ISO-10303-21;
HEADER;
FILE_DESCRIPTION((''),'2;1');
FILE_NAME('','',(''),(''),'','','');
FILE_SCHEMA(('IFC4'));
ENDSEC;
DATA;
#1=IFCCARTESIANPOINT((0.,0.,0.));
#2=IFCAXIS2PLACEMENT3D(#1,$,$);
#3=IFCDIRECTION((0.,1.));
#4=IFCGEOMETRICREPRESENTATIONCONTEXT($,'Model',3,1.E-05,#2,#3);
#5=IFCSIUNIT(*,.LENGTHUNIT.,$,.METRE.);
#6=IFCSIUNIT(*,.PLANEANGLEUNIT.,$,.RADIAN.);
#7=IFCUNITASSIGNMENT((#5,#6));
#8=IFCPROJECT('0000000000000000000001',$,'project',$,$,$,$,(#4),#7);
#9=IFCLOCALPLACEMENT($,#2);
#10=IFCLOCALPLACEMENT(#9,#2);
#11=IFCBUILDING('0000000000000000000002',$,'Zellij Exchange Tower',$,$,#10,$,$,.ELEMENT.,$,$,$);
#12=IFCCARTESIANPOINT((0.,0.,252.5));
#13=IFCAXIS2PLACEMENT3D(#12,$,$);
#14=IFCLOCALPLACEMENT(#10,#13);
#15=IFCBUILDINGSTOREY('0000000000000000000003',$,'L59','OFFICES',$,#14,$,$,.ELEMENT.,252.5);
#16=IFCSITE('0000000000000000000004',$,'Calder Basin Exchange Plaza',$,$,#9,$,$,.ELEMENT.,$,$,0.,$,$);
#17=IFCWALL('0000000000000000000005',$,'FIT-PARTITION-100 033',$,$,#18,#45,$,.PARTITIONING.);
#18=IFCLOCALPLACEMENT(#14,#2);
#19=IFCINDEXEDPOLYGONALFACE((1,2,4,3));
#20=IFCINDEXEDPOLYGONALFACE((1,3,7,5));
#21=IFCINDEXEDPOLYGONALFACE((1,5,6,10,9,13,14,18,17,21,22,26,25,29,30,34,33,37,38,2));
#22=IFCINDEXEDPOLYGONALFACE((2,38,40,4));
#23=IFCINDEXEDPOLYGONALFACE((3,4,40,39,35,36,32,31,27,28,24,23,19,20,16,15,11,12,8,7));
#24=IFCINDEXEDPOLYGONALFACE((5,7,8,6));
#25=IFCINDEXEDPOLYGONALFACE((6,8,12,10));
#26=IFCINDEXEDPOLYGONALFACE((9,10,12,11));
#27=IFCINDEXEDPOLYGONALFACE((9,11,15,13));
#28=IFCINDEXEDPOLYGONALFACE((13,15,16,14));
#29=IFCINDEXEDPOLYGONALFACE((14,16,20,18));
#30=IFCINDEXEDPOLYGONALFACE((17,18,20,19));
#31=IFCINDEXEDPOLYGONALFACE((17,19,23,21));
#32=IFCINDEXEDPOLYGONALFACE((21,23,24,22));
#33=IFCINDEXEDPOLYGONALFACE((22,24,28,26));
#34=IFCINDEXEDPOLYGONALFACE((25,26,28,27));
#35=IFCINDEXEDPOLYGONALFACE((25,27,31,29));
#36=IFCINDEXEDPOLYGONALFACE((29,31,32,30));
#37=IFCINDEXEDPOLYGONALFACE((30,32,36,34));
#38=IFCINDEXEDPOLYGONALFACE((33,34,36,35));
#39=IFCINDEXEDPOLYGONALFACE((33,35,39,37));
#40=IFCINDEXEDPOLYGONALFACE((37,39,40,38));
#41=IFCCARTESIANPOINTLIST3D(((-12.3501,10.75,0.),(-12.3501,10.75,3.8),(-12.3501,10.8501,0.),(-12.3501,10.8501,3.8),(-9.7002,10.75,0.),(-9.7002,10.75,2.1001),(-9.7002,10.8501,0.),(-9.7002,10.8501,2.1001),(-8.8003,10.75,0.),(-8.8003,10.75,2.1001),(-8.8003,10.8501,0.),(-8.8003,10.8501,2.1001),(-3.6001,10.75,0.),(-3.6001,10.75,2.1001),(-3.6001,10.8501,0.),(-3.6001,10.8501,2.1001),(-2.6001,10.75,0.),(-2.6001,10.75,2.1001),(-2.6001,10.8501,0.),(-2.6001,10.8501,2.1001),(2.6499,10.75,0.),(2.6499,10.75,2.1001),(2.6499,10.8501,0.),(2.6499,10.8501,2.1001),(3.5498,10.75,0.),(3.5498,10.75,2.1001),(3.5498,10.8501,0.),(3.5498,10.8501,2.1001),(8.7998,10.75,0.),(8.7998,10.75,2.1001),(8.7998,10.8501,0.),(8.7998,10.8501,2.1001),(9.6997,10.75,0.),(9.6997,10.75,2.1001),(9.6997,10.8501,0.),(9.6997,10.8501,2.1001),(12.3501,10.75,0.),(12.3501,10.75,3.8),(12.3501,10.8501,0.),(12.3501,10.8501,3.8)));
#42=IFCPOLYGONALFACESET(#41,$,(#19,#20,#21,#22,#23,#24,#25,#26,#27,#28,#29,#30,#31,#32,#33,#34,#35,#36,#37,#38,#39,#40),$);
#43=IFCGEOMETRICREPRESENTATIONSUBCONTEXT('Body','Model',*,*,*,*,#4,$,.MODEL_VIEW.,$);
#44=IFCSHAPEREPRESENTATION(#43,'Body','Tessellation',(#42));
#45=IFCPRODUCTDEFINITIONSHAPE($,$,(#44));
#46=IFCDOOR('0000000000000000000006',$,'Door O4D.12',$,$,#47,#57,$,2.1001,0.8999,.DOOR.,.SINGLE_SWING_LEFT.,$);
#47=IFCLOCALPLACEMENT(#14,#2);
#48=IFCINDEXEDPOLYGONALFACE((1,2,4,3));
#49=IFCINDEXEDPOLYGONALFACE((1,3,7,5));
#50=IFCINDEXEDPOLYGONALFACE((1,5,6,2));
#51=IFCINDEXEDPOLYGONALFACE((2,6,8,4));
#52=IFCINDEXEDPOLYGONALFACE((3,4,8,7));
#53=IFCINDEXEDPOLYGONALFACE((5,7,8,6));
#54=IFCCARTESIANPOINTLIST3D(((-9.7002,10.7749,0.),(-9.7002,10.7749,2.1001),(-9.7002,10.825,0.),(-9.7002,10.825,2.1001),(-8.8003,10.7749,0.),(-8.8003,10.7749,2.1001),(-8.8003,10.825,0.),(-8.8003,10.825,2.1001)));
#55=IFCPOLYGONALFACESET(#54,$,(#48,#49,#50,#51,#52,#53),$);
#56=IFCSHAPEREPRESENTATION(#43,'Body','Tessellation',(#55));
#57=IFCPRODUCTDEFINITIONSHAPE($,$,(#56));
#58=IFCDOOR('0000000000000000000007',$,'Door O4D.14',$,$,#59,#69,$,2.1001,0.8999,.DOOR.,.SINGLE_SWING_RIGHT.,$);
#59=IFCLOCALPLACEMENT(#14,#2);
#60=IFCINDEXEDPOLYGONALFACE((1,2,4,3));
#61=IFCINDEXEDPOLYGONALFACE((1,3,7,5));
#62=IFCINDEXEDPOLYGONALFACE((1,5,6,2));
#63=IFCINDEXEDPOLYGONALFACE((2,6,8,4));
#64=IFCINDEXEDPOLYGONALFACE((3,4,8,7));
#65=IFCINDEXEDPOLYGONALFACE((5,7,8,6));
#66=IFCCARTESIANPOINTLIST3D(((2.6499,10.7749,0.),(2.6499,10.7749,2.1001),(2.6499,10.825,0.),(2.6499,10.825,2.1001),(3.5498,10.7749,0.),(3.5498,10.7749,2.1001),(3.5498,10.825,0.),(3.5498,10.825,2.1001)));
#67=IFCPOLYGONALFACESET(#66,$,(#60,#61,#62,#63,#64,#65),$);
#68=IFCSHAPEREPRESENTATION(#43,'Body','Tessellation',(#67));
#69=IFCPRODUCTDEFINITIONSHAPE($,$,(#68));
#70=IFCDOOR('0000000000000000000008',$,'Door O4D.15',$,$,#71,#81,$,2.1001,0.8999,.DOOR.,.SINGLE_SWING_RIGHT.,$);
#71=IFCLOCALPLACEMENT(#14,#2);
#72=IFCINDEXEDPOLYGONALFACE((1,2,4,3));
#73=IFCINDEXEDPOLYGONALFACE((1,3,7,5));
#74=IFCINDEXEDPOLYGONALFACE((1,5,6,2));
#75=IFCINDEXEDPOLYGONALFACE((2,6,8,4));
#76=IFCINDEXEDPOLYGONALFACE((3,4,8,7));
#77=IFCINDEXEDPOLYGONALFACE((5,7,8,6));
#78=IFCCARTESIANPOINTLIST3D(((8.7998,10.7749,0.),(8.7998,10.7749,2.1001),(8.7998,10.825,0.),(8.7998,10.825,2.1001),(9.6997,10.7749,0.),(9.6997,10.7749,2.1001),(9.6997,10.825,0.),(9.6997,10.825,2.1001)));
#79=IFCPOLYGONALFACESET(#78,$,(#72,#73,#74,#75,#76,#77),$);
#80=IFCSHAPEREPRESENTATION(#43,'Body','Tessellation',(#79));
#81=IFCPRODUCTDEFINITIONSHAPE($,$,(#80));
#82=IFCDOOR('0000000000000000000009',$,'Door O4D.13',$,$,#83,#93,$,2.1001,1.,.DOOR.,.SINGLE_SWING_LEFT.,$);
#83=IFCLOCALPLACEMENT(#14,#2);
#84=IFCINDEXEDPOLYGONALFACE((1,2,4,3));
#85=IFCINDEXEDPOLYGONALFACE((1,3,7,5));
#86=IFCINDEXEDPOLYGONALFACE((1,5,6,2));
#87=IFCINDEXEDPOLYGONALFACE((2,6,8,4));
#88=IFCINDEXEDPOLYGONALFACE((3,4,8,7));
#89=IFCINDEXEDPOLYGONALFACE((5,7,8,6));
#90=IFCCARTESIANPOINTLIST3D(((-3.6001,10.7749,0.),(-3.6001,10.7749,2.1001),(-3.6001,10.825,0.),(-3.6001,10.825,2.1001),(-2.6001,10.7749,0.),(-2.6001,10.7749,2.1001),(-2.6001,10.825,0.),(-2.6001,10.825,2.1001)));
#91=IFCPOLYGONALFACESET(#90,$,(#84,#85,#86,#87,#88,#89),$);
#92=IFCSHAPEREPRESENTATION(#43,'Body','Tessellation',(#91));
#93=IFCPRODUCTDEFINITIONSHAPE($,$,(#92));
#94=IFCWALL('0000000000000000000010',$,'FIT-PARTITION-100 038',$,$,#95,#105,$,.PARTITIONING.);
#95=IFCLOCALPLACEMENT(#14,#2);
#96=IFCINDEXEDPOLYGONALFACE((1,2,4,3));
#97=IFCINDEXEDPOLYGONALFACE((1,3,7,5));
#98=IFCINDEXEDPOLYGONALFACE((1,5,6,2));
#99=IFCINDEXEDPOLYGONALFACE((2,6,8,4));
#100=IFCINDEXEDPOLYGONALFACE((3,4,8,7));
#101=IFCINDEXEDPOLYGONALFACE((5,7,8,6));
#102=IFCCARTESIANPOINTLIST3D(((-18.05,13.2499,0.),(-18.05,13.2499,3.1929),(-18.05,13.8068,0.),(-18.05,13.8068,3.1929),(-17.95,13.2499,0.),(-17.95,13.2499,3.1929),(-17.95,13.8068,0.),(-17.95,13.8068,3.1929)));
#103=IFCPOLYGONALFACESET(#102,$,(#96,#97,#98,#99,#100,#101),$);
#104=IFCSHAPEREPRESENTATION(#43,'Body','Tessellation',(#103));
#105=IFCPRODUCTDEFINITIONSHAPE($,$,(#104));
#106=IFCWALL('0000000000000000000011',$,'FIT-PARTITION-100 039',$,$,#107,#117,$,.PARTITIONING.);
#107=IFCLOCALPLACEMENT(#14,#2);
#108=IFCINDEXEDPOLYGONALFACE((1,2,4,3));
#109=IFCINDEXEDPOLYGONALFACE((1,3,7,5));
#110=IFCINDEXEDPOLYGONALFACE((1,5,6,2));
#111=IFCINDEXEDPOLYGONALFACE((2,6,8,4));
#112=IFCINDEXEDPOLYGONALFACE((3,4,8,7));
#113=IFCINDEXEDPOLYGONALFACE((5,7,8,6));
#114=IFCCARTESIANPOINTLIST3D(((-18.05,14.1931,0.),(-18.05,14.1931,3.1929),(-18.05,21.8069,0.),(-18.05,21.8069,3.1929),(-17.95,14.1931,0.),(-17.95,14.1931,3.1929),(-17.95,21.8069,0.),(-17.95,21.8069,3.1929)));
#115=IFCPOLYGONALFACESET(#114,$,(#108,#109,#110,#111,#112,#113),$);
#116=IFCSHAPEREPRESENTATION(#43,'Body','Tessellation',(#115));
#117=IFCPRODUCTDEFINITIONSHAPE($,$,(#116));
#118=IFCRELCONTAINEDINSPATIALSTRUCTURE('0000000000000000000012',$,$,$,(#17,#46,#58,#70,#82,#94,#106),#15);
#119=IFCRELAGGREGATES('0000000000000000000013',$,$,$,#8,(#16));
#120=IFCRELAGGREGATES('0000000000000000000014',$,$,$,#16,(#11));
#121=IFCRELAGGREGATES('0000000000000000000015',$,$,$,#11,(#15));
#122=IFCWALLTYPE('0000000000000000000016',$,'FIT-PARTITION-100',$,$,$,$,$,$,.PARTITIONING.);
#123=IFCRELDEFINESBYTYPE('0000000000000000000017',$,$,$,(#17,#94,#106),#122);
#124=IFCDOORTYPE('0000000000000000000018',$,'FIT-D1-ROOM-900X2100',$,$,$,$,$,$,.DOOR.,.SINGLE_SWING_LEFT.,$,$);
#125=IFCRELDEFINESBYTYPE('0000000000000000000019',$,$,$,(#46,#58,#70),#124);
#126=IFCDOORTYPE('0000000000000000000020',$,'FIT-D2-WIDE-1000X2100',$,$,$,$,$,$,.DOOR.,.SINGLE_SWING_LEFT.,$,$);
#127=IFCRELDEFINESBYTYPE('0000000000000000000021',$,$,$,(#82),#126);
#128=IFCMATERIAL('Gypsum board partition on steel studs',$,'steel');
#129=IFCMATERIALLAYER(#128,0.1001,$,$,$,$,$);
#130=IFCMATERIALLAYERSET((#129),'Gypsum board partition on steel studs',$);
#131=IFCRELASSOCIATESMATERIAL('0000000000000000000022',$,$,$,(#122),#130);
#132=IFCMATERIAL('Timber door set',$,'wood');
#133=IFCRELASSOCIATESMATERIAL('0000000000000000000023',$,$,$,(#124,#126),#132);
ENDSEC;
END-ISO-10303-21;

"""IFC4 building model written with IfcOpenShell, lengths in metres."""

from ifc_helpers import new_model, si_unit, direction, frame, frame_2d, origin, place, context, subcontext, project, spatial, rectangle, extrude, material, layer, layer_set, type_object, element, fill, save


model = new_model("IFC4")

# Units and contexts
model_context = context("Model", 3, precision=1e-05, world=origin(), true_north=direction((0.0, 1.0)))
body_context = subcontext(model_context, "Body", "Model", "MODEL_VIEW")
ifc_project = project(units=[si_unit("LENGTHUNIT", "METRE"), si_unit("PLANEANGLEUNIT", "RADIAN")], contexts=[model_context])

# Site, building, storey
site_placement = place(None, origin())
site = spatial("IfcSite", under=ifc_project, at=site_placement, Name="Calder Basin Exchange Plaza", CompositionType="ELEMENT", RefElevation=0.0)
building_placement = place(site_placement, origin())
building = spatial("IfcBuilding", under=site, at=building_placement, Name="Zellij Exchange Tower", CompositionType="ELEMENT")
storey_placement = place(building_placement, frame((0.0, 0.0, 252.5)))
storey = spatial("IfcBuildingStorey", under=building, at=storey_placement, Name="L59", Description="OFFICES", CompositionType="ELEMENT", Elevation=252.5)

# Shared definitions
ifc_material_1 = material(Name="Gypsum board partition on steel studs", Category="steel")
ifc_layer = layer(ifc_material_1, 0.1001)
ifc_layer_set = layer_set([ifc_layer], Name="Gypsum board partition on steel studs")
wall_type = type_object("IfcWallType", Name="FIT-PARTITION-100", PredefinedType="PARTITIONING", material=ifc_layer_set)

# Wall, openings, doors
wall_1_placement = place(storey_placement, frame((-12.3501, 10.8, 0.0), z_axis=(0.0, 0.0, 1.0), x_axis=(1.0, 0.0, 0.0)))
wall_1 = element("IfcWall", 1, at=wall_1_placement, inside=storey, type_object=wall_type, Name="FIT-PARTITION-100 033", PredefinedType="PARTITIONING", context=body_context, shape_type="SweptSolid", body=[
    extrude(rectangle(XDim=24.7002, YDim=0.1001, at=frame_2d((12.3501, 0.0))), origin(), (0.0, 0.0, 1.0), 3.8),
])
opening_1_placement = place(wall_1_placement, frame((2.6499, 0.0, 0.0)))
opening_1 = element("IfcOpeningElement", 2, at=opening_1_placement, cuts=wall_1, PredefinedType="OPENING", context=body_context, shape_type="SweptSolid", body=[
    extrude(rectangle(XDim=0.8999, YDim=2.1001, at=frame_2d((0.45, 1.05))), frame((0.0, 0.062, 0.0), z_axis=(0.0, -1.0, 0.0), x_axis=(1.0, 0.0, 0.0)), (0.0, 0.0, 1.0), 0.124),
])
opening_2_placement = place(wall_1_placement, frame((8.75, 0.0, 0.0)))
opening_2 = element("IfcOpeningElement", 3, at=opening_2_placement, cuts=wall_1, PredefinedType="OPENING", context=body_context, shape_type="SweptSolid", body=[
    extrude(rectangle(XDim=1.0, YDim=2.1001, at=frame_2d((0.5, 1.05))), frame((0.0, 0.062, 0.0), z_axis=(0.0, -1.0, 0.0), x_axis=(1.0, 0.0, 0.0)), (0.0, 0.0, 1.0), 0.124),
])
opening_3_placement = place(wall_1_placement, frame((15.0, 0.0, 0.0)))
opening_3 = element("IfcOpeningElement", 4, at=opening_3_placement, cuts=wall_1, PredefinedType="OPENING", context=body_context, shape_type="SweptSolid", body=[
    extrude(rectangle(XDim=0.8999, YDim=2.1001, at=frame_2d((0.45, 1.05))), frame((0.0, 0.062, 0.0), z_axis=(0.0, -1.0, 0.0), x_axis=(1.0, 0.0, 0.0)), (0.0, 0.0, 1.0), 0.124),
])
opening_4_placement = place(wall_1_placement, frame((21.1499, 0.0, 0.0)))
opening_4 = element("IfcOpeningElement", 5, at=opening_4_placement, cuts=wall_1, PredefinedType="OPENING", context=body_context, shape_type="SweptSolid", body=[
    extrude(rectangle(XDim=0.8999, YDim=2.1001, at=frame_2d((0.45, 1.05))), frame((0.0, 0.062, 0.0), z_axis=(0.0, -1.0, 0.0), x_axis=(1.0, 0.0, 0.0)), (0.0, 0.0, 1.0), 0.124),
])
ifc_material_2 = material(Name="Timber door set", Category="wood")
door_type_1 = type_object("IfcDoorType", Name="FIT-D1-ROOM-900X2100", OperationType="SINGLE_SWING_LEFT", PredefinedType="DOOR", material=ifc_material_2)
door_1_placement = place(opening_1_placement, origin())
door_1 = element("IfcDoor", 6, at=door_1_placement, inside=storey, type_object=door_type_1, Name="Door O4D.12", OperationType="SINGLE_SWING_LEFT", OverallHeight=2.1001, OverallWidth=0.8999, PredefinedType="DOOR", context=body_context, shape_type="SweptSolid", body=[
    extrude(rectangle(XDim=0.8999, YDim=2.1001, at=frame_2d((0.45, 1.05))), frame((0.0, 0.0249, 0.0), z_axis=(0.0, -1.0, 0.0), x_axis=(1.0, 0.0, 0.0)), (0.0, 0.0, 1.0), 0.05),
])
fill(opening_1, door_1)
door_2_placement = place(opening_3_placement, origin())
door_2 = element("IfcDoor", 7, at=door_2_placement, inside=storey, type_object=door_type_1, Name="Door O4D.14", OperationType="SINGLE_SWING_RIGHT", OverallHeight=2.1001, OverallWidth=0.8999, PredefinedType="DOOR", context=body_context, shape_type="SweptSolid", body=[
    extrude(rectangle(XDim=0.8999, YDim=2.1001, at=frame_2d((0.45, 1.05))), frame((0.0, 0.0249, 0.0), z_axis=(0.0, -1.0, 0.0), x_axis=(1.0, 0.0, 0.0)), (0.0, 0.0, 1.0), 0.05),
])
fill(opening_3, door_2)
door_3_placement = place(opening_4_placement, origin())
door_3 = element("IfcDoor", 8, at=door_3_placement, inside=storey, type_object=door_type_1, Name="Door O4D.15", OperationType="SINGLE_SWING_RIGHT", OverallHeight=2.1001, OverallWidth=0.8999, PredefinedType="DOOR", context=body_context, shape_type="SweptSolid", body=[
    extrude(rectangle(XDim=0.8999, YDim=2.1001, at=frame_2d((0.45, 1.05))), frame((0.0, 0.0249, 0.0), z_axis=(0.0, -1.0, 0.0), x_axis=(1.0, 0.0, 0.0)), (0.0, 0.0, 1.0), 0.05),
])
fill(opening_4, door_3)
door_type_2 = type_object("IfcDoorType", Name="FIT-D2-WIDE-1000X2100", OperationType="SINGLE_SWING_LEFT", PredefinedType="DOOR", material=ifc_material_2)
door_4_placement = place(opening_2_placement, origin())
door_4 = element("IfcDoor", 9, at=door_4_placement, inside=storey, type_object=door_type_2, Name="Door O4D.13", OperationType="SINGLE_SWING_LEFT", OverallHeight=2.1001, OverallWidth=1.0, PredefinedType="DOOR", context=body_context, shape_type="SweptSolid", body=[
    extrude(rectangle(XDim=1.0, YDim=2.1001, at=frame_2d((0.5, 1.05))), frame((0.0, 0.0249, 0.0), z_axis=(0.0, -1.0, 0.0), x_axis=(1.0, 0.0, 0.0)), (0.0, 0.0, 1.0), 0.05),
])
fill(opening_2, door_4)

# Walls
wall_2_placement = place(storey_placement, frame((-18.0, 13.25, 0.0), z_axis=(0.0, 0.0, 1.0), x_axis=(0.0, 1.0, 0.0)))
element("IfcWall", 10, at=wall_2_placement, inside=storey, type_object=wall_type, Name="FIT-PARTITION-100 038", PredefinedType="PARTITIONING", context=body_context, shape_type="SweptSolid", body=[
    extrude(rectangle(XDim=0.5569, YDim=0.1001, at=frame_2d((0.2783, 0.0))), origin(), (0.0, 0.0, 1.0), 3.1929),
])
wall_3_placement = place(storey_placement, frame((-18.0, 14.1931, 0.0), z_axis=(0.0, 0.0, 1.0), x_axis=(0.0, 1.0, 0.0)))
element("IfcWall", 11, at=wall_3_placement, inside=storey, type_object=wall_type, Name="FIT-PARTITION-100 039", PredefinedType="PARTITIONING", context=body_context, shape_type="SweptSolid", body=[
    extrude(rectangle(XDim=7.6138, YDim=0.1001, at=frame_2d((3.8069, 0.0))), origin(), (0.0, 0.0, 1.0), 3.1929),
])

save(model, "model.ifc")
